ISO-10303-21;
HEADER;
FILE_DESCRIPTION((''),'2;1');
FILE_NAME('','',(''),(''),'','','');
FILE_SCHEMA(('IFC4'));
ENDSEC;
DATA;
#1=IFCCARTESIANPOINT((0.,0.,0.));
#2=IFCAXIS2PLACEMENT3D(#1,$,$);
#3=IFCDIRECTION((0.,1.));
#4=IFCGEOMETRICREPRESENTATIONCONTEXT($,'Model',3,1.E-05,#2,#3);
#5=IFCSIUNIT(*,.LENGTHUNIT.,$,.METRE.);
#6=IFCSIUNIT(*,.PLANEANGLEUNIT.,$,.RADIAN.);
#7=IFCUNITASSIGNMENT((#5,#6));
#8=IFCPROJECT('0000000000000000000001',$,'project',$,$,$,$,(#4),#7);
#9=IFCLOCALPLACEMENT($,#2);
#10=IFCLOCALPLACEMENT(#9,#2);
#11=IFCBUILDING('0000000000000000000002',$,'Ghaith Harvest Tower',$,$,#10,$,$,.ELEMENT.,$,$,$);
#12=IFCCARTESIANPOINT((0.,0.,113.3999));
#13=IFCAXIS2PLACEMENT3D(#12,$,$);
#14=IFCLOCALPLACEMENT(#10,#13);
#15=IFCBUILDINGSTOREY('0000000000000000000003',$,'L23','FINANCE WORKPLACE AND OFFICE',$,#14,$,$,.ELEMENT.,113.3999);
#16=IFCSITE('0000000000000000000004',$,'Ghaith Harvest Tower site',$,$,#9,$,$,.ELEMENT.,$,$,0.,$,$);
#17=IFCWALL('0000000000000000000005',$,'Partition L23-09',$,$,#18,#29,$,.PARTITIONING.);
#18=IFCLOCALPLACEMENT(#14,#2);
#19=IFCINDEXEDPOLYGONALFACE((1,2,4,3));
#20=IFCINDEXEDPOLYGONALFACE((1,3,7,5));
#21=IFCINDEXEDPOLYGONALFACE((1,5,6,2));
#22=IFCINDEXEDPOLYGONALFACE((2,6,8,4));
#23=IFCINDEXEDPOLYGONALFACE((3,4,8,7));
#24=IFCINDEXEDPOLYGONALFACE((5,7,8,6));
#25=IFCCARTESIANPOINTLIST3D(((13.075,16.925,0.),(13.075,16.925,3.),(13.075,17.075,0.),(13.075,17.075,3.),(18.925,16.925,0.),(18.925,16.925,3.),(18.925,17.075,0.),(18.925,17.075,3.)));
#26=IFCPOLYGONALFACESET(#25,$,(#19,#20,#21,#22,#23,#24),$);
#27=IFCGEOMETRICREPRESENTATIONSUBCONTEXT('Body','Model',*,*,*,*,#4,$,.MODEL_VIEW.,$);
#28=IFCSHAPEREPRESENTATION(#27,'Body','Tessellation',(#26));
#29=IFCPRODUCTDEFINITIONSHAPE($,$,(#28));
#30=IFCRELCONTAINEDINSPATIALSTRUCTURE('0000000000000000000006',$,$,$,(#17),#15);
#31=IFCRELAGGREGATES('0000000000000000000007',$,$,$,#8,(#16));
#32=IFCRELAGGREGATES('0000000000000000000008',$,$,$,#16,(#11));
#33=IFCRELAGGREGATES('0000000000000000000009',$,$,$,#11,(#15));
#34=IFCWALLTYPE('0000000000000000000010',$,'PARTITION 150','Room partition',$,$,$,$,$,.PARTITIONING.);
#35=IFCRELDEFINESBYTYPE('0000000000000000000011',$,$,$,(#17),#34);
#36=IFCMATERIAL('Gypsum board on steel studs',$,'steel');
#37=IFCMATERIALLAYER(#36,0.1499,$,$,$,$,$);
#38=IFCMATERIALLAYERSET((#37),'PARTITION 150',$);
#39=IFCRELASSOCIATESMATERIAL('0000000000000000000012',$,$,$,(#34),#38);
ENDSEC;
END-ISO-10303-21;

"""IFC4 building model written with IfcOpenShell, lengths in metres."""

from ifc_helpers import new_model, si_unit, direction, frame, frame_2d, origin, place, context, subcontext, project, spatial, rectangle, extrude, material, layer, layer_set, type_object, element, save


model = new_model("IFC4")

# Units and contexts
model_context = context("Model", 3, precision=1e-05, world=origin(), true_north=direction((0.0, 1.0)))
body_context = subcontext(model_context, "Body", "Model", "MODEL_VIEW")
ifc_project = project(units=[si_unit("LENGTHUNIT", "METRE"), si_unit("PLANEANGLEUNIT", "RADIAN")], contexts=[model_context])

# Site, building, storey
site_placement = place(None, origin())
site = spatial("IfcSite", under=ifc_project, at=site_placement, Name="Ghaith Harvest Tower site", CompositionType="ELEMENT", RefElevation=0.0)
building_placement = place(site_placement, origin())
building = spatial("IfcBuilding", under=site, at=building_placement, Name="Ghaith Harvest Tower", CompositionType="ELEMENT")
storey_placement = place(building_placement, frame((0.0, 0.0, 113.3999)))
storey = spatial("IfcBuildingStorey", under=building, at=storey_placement, Name="L23", Description="FINANCE WORKPLACE AND OFFICE", CompositionType="ELEMENT", Elevation=113.3999)

# Shared definitions
ifc_material_1 = material(Name="Gypsum board on steel studs", Category="steel")
ifc_layer_1 = layer(ifc_material_1, 0.1499)
ifc_layer_set_1 = layer_set([ifc_layer_1], Name="PARTITION 150")
wall_type = type_object("IfcWallType", Name="PARTITION 150", Description="Room partition", PredefinedType="PARTITIONING", material=ifc_layer_set_1)

# Wall
wall_1_placement = place(storey_placement, frame((13.075, 17.0, 0.0), z_axis=(0.0, 0.0, 1.0), x_axis=(1.0, 0.0, 0.0)))
element("IfcWall", 1, at=wall_1_placement, inside=storey, type_object=wall_type, Name="Partition L23-09", PredefinedType="PARTITIONING", context=body_context, shape_type="SweptSolid", body=[
    extrude(rectangle(XDim=5.8501, YDim=0.1499, at=frame_2d((2.925, 0.0))), origin(), (0.0, 0.0, 1.0), 3.0),
])

save(model, "model.ifc")
